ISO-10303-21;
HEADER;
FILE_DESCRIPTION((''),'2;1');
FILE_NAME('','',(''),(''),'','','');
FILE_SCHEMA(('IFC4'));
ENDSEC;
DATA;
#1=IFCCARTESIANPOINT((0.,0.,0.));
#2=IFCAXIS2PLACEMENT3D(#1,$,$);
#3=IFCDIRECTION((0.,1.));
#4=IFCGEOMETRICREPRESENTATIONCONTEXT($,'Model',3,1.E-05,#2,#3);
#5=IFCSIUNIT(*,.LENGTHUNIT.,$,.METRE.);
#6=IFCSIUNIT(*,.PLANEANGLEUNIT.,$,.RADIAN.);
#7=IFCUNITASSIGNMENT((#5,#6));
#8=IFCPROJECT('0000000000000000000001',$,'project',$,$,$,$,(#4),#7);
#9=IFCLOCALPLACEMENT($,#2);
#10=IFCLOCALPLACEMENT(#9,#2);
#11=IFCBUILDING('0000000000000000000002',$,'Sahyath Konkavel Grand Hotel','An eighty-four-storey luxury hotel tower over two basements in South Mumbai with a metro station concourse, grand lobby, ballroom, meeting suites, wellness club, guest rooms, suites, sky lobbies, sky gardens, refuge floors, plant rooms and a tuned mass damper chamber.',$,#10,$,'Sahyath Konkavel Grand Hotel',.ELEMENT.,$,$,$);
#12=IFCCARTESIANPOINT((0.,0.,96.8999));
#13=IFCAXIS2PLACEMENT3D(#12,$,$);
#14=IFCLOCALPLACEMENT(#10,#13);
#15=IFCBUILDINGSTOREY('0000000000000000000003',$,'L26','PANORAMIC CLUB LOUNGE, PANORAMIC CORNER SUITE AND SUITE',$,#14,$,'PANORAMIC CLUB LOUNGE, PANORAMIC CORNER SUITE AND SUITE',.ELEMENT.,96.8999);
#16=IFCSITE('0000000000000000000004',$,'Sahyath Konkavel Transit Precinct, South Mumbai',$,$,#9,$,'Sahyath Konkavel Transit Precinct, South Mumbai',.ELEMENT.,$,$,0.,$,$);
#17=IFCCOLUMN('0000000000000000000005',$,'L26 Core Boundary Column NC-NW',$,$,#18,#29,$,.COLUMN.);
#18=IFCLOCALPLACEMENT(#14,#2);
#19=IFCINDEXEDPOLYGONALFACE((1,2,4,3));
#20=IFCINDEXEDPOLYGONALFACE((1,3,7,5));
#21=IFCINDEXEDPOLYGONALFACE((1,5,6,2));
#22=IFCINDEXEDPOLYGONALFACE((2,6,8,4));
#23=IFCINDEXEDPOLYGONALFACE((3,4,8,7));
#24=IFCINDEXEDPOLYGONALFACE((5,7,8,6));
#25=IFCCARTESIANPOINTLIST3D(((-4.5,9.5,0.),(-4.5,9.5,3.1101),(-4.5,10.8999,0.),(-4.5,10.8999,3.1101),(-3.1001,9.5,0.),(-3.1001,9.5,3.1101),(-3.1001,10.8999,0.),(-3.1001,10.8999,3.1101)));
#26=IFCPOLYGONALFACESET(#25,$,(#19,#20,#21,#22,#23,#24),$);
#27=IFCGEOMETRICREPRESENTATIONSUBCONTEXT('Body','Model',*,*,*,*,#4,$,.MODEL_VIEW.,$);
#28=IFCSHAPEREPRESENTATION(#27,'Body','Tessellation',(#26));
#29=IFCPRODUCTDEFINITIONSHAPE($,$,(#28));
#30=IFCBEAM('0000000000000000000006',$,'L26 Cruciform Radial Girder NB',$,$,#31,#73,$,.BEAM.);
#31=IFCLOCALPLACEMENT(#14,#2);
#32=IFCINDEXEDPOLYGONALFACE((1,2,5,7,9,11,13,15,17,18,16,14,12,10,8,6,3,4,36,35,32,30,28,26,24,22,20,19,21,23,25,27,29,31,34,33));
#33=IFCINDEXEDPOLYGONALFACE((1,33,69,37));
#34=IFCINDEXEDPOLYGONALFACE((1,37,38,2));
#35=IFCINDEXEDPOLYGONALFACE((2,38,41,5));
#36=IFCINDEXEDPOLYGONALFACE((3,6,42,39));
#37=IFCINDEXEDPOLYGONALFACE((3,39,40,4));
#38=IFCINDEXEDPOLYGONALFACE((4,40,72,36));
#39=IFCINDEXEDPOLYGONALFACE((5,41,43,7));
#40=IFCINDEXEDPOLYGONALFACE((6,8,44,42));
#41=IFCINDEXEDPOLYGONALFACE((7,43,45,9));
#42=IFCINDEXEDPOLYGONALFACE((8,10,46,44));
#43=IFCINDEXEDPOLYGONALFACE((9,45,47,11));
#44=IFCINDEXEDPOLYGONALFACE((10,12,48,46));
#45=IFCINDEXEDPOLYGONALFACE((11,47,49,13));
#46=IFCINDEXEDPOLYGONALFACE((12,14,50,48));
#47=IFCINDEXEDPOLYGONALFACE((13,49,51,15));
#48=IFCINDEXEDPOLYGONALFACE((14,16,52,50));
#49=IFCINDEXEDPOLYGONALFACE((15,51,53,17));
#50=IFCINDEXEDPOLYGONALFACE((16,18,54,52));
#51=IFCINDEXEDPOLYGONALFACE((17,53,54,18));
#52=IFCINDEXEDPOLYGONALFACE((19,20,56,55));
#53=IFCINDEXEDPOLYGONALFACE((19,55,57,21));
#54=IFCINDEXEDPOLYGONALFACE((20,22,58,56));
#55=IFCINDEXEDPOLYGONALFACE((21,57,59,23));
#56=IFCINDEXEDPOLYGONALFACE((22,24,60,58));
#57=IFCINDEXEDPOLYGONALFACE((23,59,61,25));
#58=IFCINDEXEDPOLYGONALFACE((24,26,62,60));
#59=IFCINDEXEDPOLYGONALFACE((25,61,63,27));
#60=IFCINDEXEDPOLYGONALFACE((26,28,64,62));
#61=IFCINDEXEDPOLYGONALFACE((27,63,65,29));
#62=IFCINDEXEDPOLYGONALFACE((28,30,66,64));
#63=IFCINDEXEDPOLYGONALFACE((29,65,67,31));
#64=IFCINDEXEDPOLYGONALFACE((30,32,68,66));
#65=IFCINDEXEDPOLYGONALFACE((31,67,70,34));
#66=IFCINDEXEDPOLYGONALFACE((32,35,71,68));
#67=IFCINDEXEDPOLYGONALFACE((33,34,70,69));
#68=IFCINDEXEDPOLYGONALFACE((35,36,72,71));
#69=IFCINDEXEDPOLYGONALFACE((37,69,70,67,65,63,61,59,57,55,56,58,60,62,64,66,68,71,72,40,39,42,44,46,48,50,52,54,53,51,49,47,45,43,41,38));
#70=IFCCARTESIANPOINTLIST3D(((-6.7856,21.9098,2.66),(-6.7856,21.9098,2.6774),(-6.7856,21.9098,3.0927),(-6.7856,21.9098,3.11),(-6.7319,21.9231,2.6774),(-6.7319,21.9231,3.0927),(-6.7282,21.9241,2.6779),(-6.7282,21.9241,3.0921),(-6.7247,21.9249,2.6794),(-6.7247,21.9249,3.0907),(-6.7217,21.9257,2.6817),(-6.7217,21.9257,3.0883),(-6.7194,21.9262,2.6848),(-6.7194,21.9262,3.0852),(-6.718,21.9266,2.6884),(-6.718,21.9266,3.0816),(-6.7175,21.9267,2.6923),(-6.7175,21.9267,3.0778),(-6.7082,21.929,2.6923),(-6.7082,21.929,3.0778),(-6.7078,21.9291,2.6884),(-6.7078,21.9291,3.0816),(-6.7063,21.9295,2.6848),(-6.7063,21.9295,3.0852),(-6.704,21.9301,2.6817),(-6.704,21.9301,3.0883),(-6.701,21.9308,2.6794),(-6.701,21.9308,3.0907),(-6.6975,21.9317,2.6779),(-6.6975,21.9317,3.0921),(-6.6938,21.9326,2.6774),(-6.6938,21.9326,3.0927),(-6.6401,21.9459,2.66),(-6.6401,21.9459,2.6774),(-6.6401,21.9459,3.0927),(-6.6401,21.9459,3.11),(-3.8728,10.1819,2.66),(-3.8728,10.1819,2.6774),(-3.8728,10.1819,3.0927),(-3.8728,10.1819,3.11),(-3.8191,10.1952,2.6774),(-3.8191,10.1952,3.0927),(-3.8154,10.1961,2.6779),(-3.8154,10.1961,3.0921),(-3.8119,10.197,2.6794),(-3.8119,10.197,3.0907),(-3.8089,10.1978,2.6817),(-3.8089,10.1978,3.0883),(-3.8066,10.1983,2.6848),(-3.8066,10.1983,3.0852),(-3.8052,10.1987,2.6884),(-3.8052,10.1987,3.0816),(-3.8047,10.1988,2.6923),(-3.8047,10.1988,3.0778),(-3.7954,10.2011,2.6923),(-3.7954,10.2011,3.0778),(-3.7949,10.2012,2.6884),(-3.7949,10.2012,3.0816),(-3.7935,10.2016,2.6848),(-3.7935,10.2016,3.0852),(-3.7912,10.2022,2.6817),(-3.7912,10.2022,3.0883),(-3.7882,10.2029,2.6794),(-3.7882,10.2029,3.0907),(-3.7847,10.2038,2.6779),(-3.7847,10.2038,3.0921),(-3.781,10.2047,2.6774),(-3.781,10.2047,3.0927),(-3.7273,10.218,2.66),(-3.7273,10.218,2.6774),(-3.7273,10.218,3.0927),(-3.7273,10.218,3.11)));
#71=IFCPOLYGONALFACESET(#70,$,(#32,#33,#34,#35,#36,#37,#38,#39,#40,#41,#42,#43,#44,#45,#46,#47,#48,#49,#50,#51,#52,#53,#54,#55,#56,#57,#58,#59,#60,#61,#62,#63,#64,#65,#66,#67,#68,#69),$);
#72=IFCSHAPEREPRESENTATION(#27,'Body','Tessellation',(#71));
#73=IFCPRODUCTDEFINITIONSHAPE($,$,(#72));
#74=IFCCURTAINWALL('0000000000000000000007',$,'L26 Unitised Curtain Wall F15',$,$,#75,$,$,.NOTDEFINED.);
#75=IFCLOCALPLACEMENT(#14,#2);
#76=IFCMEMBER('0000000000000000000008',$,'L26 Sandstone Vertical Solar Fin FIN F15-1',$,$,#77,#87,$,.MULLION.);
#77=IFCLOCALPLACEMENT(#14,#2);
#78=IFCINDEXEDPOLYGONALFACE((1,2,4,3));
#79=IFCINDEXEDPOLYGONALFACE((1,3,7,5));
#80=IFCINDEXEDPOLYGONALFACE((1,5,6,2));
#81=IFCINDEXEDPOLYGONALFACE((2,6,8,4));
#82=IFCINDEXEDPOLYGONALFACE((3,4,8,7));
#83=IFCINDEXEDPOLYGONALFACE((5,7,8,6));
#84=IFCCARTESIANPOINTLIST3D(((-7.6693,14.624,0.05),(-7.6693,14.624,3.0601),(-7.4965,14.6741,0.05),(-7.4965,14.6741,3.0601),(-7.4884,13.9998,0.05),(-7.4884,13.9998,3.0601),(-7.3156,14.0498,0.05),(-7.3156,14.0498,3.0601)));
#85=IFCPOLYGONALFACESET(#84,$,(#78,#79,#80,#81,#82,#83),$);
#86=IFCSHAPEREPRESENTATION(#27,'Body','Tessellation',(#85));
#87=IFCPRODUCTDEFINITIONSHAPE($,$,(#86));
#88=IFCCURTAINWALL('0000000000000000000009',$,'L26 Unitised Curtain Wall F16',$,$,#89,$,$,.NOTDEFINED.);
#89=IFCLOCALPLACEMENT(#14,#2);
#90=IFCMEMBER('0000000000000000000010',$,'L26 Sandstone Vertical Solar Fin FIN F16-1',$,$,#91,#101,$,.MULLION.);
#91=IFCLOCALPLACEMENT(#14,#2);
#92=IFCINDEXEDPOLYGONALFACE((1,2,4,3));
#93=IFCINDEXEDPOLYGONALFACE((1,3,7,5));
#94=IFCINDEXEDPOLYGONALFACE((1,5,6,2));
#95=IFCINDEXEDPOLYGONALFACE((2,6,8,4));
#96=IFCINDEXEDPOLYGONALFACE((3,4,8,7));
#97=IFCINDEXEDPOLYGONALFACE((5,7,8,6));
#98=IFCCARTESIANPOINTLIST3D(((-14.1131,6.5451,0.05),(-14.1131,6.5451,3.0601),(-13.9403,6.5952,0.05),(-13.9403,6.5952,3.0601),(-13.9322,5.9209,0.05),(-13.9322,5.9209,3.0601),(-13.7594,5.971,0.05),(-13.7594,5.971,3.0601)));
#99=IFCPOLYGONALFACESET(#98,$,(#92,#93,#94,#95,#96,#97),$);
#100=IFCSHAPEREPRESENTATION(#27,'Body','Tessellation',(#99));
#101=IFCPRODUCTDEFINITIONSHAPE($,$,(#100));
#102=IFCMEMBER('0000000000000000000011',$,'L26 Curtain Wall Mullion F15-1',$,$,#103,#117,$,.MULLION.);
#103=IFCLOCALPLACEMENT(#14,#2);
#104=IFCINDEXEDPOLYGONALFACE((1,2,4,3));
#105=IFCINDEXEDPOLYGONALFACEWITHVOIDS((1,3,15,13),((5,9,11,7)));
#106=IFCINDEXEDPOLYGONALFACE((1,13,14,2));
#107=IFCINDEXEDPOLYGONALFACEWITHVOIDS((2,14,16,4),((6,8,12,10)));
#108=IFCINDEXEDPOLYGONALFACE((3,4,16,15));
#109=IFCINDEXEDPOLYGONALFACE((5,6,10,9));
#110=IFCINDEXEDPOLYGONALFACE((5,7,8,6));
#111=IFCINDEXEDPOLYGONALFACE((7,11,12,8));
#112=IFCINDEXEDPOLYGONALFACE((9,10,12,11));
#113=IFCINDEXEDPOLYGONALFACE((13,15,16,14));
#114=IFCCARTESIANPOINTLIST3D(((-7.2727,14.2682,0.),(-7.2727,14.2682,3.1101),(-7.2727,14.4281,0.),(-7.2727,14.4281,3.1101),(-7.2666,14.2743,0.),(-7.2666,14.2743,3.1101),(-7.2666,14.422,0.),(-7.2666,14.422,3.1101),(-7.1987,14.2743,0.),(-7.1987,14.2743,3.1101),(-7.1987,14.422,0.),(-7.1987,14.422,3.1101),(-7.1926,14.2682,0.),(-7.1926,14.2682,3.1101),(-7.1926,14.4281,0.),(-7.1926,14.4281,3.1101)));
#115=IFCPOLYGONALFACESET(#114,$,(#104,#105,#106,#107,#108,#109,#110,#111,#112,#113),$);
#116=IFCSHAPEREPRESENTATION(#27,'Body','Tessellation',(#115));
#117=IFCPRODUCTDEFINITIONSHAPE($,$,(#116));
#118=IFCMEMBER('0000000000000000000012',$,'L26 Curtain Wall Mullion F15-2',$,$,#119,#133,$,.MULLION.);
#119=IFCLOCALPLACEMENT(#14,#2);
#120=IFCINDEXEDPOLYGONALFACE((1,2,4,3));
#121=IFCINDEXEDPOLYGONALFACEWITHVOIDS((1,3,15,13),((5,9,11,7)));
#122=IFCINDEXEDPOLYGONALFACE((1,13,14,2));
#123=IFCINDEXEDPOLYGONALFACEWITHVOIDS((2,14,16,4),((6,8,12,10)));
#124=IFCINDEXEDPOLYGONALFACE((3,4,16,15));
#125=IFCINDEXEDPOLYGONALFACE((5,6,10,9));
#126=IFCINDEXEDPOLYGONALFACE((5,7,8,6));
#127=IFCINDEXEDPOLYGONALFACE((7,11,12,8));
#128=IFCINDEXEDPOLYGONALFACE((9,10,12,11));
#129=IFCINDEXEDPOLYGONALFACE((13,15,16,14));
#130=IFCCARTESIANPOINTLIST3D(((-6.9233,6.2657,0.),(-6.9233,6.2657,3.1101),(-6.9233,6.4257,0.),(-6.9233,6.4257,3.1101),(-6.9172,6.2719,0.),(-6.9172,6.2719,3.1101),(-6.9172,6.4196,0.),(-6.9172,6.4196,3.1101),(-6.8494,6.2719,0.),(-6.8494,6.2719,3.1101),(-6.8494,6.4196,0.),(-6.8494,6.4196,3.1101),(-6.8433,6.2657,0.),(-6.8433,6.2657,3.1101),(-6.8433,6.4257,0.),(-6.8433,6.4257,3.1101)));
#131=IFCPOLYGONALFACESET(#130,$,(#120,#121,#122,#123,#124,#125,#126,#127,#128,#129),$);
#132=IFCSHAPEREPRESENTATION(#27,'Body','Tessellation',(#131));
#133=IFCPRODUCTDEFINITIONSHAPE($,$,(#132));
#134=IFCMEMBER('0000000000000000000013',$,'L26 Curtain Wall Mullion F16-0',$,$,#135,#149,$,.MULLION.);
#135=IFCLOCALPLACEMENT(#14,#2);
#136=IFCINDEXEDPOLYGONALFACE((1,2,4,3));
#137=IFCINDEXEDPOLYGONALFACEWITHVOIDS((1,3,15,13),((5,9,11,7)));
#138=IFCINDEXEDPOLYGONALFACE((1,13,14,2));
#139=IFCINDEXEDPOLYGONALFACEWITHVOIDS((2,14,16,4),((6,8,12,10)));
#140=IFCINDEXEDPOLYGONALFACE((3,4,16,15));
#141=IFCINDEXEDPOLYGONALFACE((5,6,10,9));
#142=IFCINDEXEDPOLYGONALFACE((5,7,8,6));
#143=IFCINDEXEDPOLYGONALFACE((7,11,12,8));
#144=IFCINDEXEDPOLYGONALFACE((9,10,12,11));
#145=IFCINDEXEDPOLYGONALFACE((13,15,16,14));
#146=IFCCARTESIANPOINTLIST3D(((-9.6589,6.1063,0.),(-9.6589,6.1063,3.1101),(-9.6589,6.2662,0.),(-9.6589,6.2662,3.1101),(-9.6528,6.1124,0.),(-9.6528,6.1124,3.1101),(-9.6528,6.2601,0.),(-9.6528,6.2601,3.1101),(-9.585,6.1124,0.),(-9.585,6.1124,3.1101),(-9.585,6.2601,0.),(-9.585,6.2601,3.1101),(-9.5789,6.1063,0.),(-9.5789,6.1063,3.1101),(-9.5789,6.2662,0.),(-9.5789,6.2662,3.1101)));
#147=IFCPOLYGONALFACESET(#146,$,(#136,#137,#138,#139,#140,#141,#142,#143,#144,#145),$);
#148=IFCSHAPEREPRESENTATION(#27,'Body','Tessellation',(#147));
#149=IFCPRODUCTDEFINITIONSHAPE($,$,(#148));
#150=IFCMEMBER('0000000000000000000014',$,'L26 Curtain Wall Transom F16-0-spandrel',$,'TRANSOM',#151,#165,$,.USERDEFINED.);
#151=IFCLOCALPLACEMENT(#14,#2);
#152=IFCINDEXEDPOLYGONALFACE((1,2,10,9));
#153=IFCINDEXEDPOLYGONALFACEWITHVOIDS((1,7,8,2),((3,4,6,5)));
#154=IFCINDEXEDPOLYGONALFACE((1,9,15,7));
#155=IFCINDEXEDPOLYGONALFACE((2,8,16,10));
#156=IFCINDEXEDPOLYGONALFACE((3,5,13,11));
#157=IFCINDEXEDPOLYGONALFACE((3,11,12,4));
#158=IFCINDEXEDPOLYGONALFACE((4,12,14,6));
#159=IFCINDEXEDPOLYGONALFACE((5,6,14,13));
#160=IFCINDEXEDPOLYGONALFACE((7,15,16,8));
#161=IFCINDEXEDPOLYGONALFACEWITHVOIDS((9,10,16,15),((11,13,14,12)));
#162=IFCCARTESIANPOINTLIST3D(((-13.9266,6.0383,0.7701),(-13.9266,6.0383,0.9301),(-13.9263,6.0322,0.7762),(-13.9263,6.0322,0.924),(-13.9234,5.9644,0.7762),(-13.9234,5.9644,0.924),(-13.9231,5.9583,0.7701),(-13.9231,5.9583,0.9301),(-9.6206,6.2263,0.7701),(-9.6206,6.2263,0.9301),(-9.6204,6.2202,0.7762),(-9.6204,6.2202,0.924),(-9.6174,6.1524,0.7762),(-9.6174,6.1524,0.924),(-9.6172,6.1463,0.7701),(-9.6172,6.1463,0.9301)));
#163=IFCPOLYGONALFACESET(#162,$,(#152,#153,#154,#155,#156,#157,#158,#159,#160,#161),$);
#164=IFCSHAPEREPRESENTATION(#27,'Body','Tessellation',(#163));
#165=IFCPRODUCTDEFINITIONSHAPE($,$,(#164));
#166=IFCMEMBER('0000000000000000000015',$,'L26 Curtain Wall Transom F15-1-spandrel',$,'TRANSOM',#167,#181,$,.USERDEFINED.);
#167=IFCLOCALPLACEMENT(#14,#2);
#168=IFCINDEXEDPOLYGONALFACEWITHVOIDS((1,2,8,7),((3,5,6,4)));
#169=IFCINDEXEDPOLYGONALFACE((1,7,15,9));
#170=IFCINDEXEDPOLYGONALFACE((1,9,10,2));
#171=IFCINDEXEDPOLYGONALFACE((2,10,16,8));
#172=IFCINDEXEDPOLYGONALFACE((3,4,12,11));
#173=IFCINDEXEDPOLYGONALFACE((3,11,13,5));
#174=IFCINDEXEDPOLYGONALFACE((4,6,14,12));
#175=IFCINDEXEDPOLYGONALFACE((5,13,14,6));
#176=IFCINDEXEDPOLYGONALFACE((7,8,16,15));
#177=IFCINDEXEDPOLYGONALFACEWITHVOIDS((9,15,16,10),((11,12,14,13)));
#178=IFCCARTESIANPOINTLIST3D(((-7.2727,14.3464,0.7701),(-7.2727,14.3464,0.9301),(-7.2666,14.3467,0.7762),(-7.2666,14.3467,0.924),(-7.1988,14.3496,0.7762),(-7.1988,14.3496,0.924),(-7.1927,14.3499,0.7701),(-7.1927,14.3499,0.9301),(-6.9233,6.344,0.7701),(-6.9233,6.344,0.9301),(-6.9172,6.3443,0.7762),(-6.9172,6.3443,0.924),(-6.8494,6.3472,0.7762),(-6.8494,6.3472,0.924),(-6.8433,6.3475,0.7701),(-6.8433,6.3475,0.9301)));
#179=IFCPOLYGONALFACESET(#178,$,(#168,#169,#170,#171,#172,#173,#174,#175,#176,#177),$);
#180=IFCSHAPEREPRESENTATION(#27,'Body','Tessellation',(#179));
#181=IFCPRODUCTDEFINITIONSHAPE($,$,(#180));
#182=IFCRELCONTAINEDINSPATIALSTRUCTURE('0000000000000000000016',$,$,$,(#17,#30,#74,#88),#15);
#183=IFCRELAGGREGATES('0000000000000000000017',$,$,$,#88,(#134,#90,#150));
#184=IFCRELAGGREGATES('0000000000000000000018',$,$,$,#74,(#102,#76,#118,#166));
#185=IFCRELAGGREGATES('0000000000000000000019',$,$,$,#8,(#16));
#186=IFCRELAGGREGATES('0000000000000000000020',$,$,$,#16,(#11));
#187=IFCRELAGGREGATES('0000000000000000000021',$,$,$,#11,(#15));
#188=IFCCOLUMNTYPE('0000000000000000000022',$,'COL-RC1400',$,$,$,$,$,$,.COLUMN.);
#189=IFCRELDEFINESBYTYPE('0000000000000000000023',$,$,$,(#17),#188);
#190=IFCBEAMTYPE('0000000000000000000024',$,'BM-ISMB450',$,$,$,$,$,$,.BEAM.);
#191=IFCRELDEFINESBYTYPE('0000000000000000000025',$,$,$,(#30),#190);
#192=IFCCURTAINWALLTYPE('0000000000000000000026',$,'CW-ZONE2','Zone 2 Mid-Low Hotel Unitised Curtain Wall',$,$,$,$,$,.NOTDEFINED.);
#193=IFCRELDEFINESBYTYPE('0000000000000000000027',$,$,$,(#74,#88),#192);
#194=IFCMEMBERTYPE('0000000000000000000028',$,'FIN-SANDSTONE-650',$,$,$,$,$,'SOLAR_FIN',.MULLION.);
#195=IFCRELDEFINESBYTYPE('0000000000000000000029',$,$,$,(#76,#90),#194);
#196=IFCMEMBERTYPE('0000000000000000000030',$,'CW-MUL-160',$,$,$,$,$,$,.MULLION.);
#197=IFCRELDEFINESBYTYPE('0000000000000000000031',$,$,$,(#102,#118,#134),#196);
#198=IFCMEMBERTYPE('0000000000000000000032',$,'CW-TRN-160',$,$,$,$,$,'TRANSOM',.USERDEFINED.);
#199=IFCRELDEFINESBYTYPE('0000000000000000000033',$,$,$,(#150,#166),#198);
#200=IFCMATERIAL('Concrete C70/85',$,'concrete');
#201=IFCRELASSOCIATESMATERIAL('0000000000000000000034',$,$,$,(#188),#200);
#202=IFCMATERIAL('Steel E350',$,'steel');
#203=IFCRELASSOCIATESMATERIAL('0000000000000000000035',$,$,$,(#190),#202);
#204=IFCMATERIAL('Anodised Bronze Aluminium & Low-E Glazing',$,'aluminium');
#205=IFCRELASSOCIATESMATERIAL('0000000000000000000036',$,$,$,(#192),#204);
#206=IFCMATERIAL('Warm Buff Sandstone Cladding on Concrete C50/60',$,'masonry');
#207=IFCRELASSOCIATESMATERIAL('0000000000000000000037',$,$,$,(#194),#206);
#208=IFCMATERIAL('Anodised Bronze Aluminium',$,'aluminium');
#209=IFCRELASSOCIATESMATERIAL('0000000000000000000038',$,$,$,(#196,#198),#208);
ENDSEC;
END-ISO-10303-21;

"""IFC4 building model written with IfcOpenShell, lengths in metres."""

from ifc_helpers import new_model, si_unit, direction, frame, origin, origin_2d, place, context, subcontext, project, spatial, rectangle, hollow_rectangle, i_section, extrude, source, transform, mapped, material, material_profile, profile_set, type_object, element, aggregate, save


model = new_model("IFC4")

# Units and contexts
model_context = context("Model", 3, precision=1e-05, world=origin(), true_north=direction((0.0, 1.0)))
body_context = subcontext(model_context, "Body", "Model", "MODEL_VIEW")
ifc_project = project(units=[si_unit("LENGTHUNIT", "METRE"), si_unit("PLANEANGLEUNIT", "RADIAN")], contexts=[model_context])

# Site, building, storey
site_placement = place(None, origin())
site = spatial("IfcSite", under=ifc_project, at=site_placement, Name="Sahyath Konkavel Transit Precinct, South Mumbai", LongName="Sahyath Konkavel Transit Precinct, South Mumbai", CompositionType="ELEMENT", RefElevation=0.0)
building_placement = place(site_placement, origin())
building = spatial("IfcBuilding", under=site, at=building_placement, Name="Sahyath Konkavel Grand Hotel", Description="An eighty-four-storey luxury hotel tower over two basements in South Mumbai with a metro station concourse, grand lobby, ballroom, meeting suites, wellness club, guest rooms, suites, sky lobbies, sky gardens, refuge floors, plant rooms and a tuned mass damper chamber.", LongName="Sahyath Konkavel Grand Hotel", CompositionType="ELEMENT")
storey_placement = place(building_placement, frame((0.0, 0.0, 96.8999)))
storey = spatial("IfcBuildingStorey", under=building, at=storey_placement, Name="L26", Description="PANORAMIC CLUB LOUNGE, PANORAMIC CORNER SUITE AND SUITE", LongName="PANORAMIC CLUB LOUNGE, PANORAMIC CORNER SUITE AND SUITE", CompositionType="ELEMENT", Elevation=96.8999)

# Column
ifc_material_1 = material(Name="Concrete C70/85", Category="concrete")
ifc_material_profile_1 = material_profile(ifc_material_1, rectangle(XDim=1.3999, YDim=1.3999, at=origin_2d()), Name="RC 1400x1400")
ifc_profile_set_1 = profile_set([ifc_material_profile_1], Name="Concrete C70/85")
column_type = type_object("IfcColumnType", Name="COL-RC1400", PredefinedType="COLUMN", material=ifc_profile_set_1)
shared_shape_1 = source(origin(), body_context, "Body", "SweptSolid", [
    extrude(rectangle(XDim=1.3999, YDim=1.3999, at=origin_2d()), origin(), (0.0, 0.0, 1.0), 3.1101),
])
column_placement = place(storey_placement, frame((-3.8, 10.2, 0.0), z_axis=(0.0, 0.0, 1.0), x_axis=(1.0, 0.0, 0.0)))
element("IfcColumn", 1, at=column_placement, inside=storey, type_object=column_type, Name="L26 Core Boundary Column NC-NW", PredefinedType="COLUMN", context=body_context, shape_type="MappedRepresentation", body=[
    mapped(shared_shape_1, transform((0.0, 0.0, 0.0), scale=1.0)),
])

# Beam
ifc_material_2 = material(Name="Steel E350", Category="steel")
ifc_material_profile_2 = material_profile(ifc_material_2, i_section(OverallWidth=0.1499, OverallDepth=0.45, WebThickness=0.0095, FlangeThickness=0.0173, FilletRadius=0.0149, at=origin_2d()), Name="ISMB 450")
ifc_profile_set_2 = profile_set([ifc_material_profile_2], Name="Steel E350")
beam_type = type_object("IfcBeamType", Name="BM-ISMB450", PredefinedType="BEAM", material=ifc_profile_set_2)
shared_shape_2 = source(origin(), body_context, "Body", "SweptSolid", [
    extrude(i_section(OverallWidth=0.1499, OverallDepth=0.45, WebThickness=0.0095, FlangeThickness=0.0173, FilletRadius=0.0149, at=origin_2d()), origin(), (0.0, 0.0, 1.0), 12.0842),
])
beam_placement = place(storey_placement, frame((-3.8, 10.2, 2.885), z_axis=(-0.241043, 0.970515, 0.0), x_axis=(-0.970515, -0.241043, 0.0)))
element("IfcBeam", 2, at=beam_placement, inside=storey, type_object=beam_type, Name="L26 Cruciform Radial Girder NB", PredefinedType="BEAM", context=body_context, shape_type="MappedRepresentation", body=[
    mapped(shared_shape_2, transform((0.0, 0.0, 0.0), scale=1.0)),
])

# Curtain walls, members
ifc_material_3 = material(Name="Anodised Bronze Aluminium & Low-E Glazing", Category="aluminium")
curtain_wall_type = type_object("IfcCurtainWallType", Name="CW-ZONE2", Description="Zone 2 Mid-Low Hotel Unitised Curtain Wall", PredefinedType="NOTDEFINED", material=ifc_material_3)
curtain_wall_1_placement = place(storey_placement, origin())
curtain_wall_1 = element("IfcCurtainWall", 3, at=curtain_wall_1_placement, inside=storey, type_object=curtain_wall_type, Name="L26 Unitised Curtain Wall F15", PredefinedType="NOTDEFINED")
ifc_material_4 = material(Name="Warm Buff Sandstone Cladding on Concrete C50/60", Category="masonry")
ifc_material_profile_3 = material_profile(ifc_material_4, rectangle(XDim=0.1799, YDim=0.6499, at=origin_2d()), Name="FIN 180x650")
ifc_profile_set_3 = profile_set([ifc_material_profile_3], Name="Warm Buff Sandstone Cladding on Concrete C50/60")
member_type_1 = type_object("IfcMemberType", Name="FIN-SANDSTONE-650", ElementType="SOLAR_FIN", PredefinedType="MULLION", material=ifc_profile_set_3)
shared_shape_3 = source(origin(), body_context, "Body", "SweptSolid", [
    extrude(rectangle(XDim=0.1799, YDim=0.6499, at=origin_2d()), origin(), (0.0, 0.0, 1.0), 3.01),
])
member_1_placement = place(storey_placement, frame((-7.4924, 14.3369, 0.05), z_axis=(0.0, 0.0, 1.0), x_axis=(0.960488, 0.278321, 0.0)))
member_1 = element("IfcMember", 4, at=member_1_placement, type_object=member_type_1, Name="L26 Sandstone Vertical Solar Fin FIN F15-1", PredefinedType="MULLION", context=body_context, shape_type="MappedRepresentation", body=[
    mapped(shared_shape_3, transform((0.0, 0.0, 0.0), scale=1.0)),
])
curtain_wall_2_placement = place(storey_placement, origin())
curtain_wall_2 = element("IfcCurtainWall", 5, at=curtain_wall_2_placement, inside=storey, type_object=curtain_wall_type, Name="L26 Unitised Curtain Wall F16", PredefinedType="NOTDEFINED")
member_2_placement = place(storey_placement, frame((-13.9363, 6.2581, 0.05), z_axis=(0.0, 0.0, 1.0), x_axis=(0.960488, 0.278321, 0.0)))
member_2 = element("IfcMember", 6, at=member_2_placement, type_object=member_type_1, Name="L26 Sandstone Vertical Solar Fin FIN F16-1", PredefinedType="MULLION", context=body_context, shape_type="MappedRepresentation", body=[
    mapped(shared_shape_3, transform((0.0, 0.0, 0.0), scale=1.0)),
])

# Members
ifc_material_5 = material(Name="Anodised Bronze Aluminium", Category="aluminium")
ifc_material_profile_4 = material_profile(ifc_material_5, hollow_rectangle(XDim=0.0801, YDim=0.1599, WallThickness=0.0061, at=origin_2d()), Name="RHS 160x80x6")
ifc_profile_set_4 = profile_set([ifc_material_profile_4], Name="Anodised Bronze Aluminium")
member_type_2 = type_object("IfcMemberType", Name="CW-MUL-160", PredefinedType="MULLION", material=ifc_profile_set_4)
shared_shape_4 = source(origin(), body_context, "Body", "SweptSolid", [
    extrude(hollow_rectangle(XDim=0.0801, YDim=0.1599, WallThickness=0.0061, at=origin_2d()), origin(), (0.0, 0.0, 1.0), 3.1101),
])
member_3_placement = place(storey_placement, frame((-7.2327, 14.3481, 0.0), z_axis=(0.0, 0.0, 1.0), x_axis=(1.0, 0.0, 0.0)))
member_3 = element("IfcMember", 7, at=member_3_placement, type_object=member_type_2, Name="L26 Curtain Wall Mullion F15-1", PredefinedType="MULLION", context=body_context, shape_type="MappedRepresentation", body=[
    mapped(shared_shape_4, transform((0.0, 0.0, 0.0), scale=1.0)),
])
member_4_placement = place(storey_placement, frame((-6.8833, 6.3457, 0.0), z_axis=(0.0, 0.0, 1.0), x_axis=(1.0, 0.0, 0.0)))
member_4 = element("IfcMember", 8, at=member_4_placement, type_object=member_type_2, Name="L26 Curtain Wall Mullion F15-2", PredefinedType="MULLION", context=body_context, shape_type="MappedRepresentation", body=[
    mapped(shared_shape_4, transform((0.0, 0.0, 0.0), scale=1.0)),
])
member_5_placement = place(storey_placement, frame((-9.6189, 6.1863, 0.0), z_axis=(0.0, 0.0, 1.0), x_axis=(1.0, 0.0, 0.0)))
member_5 = element("IfcMember", 9, at=member_5_placement, type_object=member_type_2, Name="L26 Curtain Wall Mullion F16-0", PredefinedType="MULLION", context=body_context, shape_type="MappedRepresentation", body=[
    mapped(shared_shape_4, transform((0.0, 0.0, 0.0), scale=1.0)),
])
ifc_material_profile_5 = material_profile(ifc_material_5, hollow_rectangle(XDim=0.0801, YDim=0.1599, WallThickness=0.0061, at=origin_2d()), Name="RHS 160x80x6")
ifc_profile_set_5 = profile_set([ifc_material_profile_5], Name="Anodised Bronze Aluminium")
member_type_3 = type_object("IfcMemberType", Name="CW-TRN-160", ElementType="TRANSOM", PredefinedType="USERDEFINED", material=ifc_profile_set_5)
shared_shape_5 = source(origin(), body_context, "Body", "SweptSolid", [
    extrude(hollow_rectangle(XDim=0.0801, YDim=0.1599, WallThickness=0.0061, at=origin_2d()), origin(), (0.0, 0.0, 1.0), 4.3101),
])
member_6_placement = place(storey_placement, frame((-9.6189, 6.1863, 0.8501), z_axis=(-0.999048, -0.043617, 0.0), x_axis=(0.043617, -0.999048, 0.0)))
member_6 = element("IfcMember", 10, at=member_6_placement, type_object=member_type_3, Name="L26 Curtain Wall Transom F16-0-spandrel", ObjectType="TRANSOM", PredefinedType="USERDEFINED", context=body_context, shape_type="MappedRepresentation", body=[
    mapped(shared_shape_5, transform((0.0, 0.0, 0.0), scale=1.0)),
])
aggregate(curtain_wall_2, [member_5, member_2, member_6])
shared_shape_6 = source(origin(), body_context, "Body", "SweptSolid", [
    extrude(hollow_rectangle(XDim=0.0801, YDim=0.1599, WallThickness=0.0061, at=origin_2d()), origin(), (0.0, 0.0, 1.0), 8.01),
])
member_7_placement = place(storey_placement, frame((-7.2327, 14.3481, 0.8501), z_axis=(0.043616, -0.999048, 0.0), x_axis=(0.999048, 0.043616, 0.0)))
member_7 = element("IfcMember", 11, at=member_7_placement, type_object=member_type_3, Name="L26 Curtain Wall Transom F15-1-spandrel", ObjectType="TRANSOM", PredefinedType="USERDEFINED", context=body_context, shape_type="MappedRepresentation", body=[
    mapped(shared_shape_6, transform((0.0, 0.0, 0.0), scale=1.0)),
])

aggregate(curtain_wall_1, [member_3, member_1, member_4, member_7])

save(model, "model.ifc")
